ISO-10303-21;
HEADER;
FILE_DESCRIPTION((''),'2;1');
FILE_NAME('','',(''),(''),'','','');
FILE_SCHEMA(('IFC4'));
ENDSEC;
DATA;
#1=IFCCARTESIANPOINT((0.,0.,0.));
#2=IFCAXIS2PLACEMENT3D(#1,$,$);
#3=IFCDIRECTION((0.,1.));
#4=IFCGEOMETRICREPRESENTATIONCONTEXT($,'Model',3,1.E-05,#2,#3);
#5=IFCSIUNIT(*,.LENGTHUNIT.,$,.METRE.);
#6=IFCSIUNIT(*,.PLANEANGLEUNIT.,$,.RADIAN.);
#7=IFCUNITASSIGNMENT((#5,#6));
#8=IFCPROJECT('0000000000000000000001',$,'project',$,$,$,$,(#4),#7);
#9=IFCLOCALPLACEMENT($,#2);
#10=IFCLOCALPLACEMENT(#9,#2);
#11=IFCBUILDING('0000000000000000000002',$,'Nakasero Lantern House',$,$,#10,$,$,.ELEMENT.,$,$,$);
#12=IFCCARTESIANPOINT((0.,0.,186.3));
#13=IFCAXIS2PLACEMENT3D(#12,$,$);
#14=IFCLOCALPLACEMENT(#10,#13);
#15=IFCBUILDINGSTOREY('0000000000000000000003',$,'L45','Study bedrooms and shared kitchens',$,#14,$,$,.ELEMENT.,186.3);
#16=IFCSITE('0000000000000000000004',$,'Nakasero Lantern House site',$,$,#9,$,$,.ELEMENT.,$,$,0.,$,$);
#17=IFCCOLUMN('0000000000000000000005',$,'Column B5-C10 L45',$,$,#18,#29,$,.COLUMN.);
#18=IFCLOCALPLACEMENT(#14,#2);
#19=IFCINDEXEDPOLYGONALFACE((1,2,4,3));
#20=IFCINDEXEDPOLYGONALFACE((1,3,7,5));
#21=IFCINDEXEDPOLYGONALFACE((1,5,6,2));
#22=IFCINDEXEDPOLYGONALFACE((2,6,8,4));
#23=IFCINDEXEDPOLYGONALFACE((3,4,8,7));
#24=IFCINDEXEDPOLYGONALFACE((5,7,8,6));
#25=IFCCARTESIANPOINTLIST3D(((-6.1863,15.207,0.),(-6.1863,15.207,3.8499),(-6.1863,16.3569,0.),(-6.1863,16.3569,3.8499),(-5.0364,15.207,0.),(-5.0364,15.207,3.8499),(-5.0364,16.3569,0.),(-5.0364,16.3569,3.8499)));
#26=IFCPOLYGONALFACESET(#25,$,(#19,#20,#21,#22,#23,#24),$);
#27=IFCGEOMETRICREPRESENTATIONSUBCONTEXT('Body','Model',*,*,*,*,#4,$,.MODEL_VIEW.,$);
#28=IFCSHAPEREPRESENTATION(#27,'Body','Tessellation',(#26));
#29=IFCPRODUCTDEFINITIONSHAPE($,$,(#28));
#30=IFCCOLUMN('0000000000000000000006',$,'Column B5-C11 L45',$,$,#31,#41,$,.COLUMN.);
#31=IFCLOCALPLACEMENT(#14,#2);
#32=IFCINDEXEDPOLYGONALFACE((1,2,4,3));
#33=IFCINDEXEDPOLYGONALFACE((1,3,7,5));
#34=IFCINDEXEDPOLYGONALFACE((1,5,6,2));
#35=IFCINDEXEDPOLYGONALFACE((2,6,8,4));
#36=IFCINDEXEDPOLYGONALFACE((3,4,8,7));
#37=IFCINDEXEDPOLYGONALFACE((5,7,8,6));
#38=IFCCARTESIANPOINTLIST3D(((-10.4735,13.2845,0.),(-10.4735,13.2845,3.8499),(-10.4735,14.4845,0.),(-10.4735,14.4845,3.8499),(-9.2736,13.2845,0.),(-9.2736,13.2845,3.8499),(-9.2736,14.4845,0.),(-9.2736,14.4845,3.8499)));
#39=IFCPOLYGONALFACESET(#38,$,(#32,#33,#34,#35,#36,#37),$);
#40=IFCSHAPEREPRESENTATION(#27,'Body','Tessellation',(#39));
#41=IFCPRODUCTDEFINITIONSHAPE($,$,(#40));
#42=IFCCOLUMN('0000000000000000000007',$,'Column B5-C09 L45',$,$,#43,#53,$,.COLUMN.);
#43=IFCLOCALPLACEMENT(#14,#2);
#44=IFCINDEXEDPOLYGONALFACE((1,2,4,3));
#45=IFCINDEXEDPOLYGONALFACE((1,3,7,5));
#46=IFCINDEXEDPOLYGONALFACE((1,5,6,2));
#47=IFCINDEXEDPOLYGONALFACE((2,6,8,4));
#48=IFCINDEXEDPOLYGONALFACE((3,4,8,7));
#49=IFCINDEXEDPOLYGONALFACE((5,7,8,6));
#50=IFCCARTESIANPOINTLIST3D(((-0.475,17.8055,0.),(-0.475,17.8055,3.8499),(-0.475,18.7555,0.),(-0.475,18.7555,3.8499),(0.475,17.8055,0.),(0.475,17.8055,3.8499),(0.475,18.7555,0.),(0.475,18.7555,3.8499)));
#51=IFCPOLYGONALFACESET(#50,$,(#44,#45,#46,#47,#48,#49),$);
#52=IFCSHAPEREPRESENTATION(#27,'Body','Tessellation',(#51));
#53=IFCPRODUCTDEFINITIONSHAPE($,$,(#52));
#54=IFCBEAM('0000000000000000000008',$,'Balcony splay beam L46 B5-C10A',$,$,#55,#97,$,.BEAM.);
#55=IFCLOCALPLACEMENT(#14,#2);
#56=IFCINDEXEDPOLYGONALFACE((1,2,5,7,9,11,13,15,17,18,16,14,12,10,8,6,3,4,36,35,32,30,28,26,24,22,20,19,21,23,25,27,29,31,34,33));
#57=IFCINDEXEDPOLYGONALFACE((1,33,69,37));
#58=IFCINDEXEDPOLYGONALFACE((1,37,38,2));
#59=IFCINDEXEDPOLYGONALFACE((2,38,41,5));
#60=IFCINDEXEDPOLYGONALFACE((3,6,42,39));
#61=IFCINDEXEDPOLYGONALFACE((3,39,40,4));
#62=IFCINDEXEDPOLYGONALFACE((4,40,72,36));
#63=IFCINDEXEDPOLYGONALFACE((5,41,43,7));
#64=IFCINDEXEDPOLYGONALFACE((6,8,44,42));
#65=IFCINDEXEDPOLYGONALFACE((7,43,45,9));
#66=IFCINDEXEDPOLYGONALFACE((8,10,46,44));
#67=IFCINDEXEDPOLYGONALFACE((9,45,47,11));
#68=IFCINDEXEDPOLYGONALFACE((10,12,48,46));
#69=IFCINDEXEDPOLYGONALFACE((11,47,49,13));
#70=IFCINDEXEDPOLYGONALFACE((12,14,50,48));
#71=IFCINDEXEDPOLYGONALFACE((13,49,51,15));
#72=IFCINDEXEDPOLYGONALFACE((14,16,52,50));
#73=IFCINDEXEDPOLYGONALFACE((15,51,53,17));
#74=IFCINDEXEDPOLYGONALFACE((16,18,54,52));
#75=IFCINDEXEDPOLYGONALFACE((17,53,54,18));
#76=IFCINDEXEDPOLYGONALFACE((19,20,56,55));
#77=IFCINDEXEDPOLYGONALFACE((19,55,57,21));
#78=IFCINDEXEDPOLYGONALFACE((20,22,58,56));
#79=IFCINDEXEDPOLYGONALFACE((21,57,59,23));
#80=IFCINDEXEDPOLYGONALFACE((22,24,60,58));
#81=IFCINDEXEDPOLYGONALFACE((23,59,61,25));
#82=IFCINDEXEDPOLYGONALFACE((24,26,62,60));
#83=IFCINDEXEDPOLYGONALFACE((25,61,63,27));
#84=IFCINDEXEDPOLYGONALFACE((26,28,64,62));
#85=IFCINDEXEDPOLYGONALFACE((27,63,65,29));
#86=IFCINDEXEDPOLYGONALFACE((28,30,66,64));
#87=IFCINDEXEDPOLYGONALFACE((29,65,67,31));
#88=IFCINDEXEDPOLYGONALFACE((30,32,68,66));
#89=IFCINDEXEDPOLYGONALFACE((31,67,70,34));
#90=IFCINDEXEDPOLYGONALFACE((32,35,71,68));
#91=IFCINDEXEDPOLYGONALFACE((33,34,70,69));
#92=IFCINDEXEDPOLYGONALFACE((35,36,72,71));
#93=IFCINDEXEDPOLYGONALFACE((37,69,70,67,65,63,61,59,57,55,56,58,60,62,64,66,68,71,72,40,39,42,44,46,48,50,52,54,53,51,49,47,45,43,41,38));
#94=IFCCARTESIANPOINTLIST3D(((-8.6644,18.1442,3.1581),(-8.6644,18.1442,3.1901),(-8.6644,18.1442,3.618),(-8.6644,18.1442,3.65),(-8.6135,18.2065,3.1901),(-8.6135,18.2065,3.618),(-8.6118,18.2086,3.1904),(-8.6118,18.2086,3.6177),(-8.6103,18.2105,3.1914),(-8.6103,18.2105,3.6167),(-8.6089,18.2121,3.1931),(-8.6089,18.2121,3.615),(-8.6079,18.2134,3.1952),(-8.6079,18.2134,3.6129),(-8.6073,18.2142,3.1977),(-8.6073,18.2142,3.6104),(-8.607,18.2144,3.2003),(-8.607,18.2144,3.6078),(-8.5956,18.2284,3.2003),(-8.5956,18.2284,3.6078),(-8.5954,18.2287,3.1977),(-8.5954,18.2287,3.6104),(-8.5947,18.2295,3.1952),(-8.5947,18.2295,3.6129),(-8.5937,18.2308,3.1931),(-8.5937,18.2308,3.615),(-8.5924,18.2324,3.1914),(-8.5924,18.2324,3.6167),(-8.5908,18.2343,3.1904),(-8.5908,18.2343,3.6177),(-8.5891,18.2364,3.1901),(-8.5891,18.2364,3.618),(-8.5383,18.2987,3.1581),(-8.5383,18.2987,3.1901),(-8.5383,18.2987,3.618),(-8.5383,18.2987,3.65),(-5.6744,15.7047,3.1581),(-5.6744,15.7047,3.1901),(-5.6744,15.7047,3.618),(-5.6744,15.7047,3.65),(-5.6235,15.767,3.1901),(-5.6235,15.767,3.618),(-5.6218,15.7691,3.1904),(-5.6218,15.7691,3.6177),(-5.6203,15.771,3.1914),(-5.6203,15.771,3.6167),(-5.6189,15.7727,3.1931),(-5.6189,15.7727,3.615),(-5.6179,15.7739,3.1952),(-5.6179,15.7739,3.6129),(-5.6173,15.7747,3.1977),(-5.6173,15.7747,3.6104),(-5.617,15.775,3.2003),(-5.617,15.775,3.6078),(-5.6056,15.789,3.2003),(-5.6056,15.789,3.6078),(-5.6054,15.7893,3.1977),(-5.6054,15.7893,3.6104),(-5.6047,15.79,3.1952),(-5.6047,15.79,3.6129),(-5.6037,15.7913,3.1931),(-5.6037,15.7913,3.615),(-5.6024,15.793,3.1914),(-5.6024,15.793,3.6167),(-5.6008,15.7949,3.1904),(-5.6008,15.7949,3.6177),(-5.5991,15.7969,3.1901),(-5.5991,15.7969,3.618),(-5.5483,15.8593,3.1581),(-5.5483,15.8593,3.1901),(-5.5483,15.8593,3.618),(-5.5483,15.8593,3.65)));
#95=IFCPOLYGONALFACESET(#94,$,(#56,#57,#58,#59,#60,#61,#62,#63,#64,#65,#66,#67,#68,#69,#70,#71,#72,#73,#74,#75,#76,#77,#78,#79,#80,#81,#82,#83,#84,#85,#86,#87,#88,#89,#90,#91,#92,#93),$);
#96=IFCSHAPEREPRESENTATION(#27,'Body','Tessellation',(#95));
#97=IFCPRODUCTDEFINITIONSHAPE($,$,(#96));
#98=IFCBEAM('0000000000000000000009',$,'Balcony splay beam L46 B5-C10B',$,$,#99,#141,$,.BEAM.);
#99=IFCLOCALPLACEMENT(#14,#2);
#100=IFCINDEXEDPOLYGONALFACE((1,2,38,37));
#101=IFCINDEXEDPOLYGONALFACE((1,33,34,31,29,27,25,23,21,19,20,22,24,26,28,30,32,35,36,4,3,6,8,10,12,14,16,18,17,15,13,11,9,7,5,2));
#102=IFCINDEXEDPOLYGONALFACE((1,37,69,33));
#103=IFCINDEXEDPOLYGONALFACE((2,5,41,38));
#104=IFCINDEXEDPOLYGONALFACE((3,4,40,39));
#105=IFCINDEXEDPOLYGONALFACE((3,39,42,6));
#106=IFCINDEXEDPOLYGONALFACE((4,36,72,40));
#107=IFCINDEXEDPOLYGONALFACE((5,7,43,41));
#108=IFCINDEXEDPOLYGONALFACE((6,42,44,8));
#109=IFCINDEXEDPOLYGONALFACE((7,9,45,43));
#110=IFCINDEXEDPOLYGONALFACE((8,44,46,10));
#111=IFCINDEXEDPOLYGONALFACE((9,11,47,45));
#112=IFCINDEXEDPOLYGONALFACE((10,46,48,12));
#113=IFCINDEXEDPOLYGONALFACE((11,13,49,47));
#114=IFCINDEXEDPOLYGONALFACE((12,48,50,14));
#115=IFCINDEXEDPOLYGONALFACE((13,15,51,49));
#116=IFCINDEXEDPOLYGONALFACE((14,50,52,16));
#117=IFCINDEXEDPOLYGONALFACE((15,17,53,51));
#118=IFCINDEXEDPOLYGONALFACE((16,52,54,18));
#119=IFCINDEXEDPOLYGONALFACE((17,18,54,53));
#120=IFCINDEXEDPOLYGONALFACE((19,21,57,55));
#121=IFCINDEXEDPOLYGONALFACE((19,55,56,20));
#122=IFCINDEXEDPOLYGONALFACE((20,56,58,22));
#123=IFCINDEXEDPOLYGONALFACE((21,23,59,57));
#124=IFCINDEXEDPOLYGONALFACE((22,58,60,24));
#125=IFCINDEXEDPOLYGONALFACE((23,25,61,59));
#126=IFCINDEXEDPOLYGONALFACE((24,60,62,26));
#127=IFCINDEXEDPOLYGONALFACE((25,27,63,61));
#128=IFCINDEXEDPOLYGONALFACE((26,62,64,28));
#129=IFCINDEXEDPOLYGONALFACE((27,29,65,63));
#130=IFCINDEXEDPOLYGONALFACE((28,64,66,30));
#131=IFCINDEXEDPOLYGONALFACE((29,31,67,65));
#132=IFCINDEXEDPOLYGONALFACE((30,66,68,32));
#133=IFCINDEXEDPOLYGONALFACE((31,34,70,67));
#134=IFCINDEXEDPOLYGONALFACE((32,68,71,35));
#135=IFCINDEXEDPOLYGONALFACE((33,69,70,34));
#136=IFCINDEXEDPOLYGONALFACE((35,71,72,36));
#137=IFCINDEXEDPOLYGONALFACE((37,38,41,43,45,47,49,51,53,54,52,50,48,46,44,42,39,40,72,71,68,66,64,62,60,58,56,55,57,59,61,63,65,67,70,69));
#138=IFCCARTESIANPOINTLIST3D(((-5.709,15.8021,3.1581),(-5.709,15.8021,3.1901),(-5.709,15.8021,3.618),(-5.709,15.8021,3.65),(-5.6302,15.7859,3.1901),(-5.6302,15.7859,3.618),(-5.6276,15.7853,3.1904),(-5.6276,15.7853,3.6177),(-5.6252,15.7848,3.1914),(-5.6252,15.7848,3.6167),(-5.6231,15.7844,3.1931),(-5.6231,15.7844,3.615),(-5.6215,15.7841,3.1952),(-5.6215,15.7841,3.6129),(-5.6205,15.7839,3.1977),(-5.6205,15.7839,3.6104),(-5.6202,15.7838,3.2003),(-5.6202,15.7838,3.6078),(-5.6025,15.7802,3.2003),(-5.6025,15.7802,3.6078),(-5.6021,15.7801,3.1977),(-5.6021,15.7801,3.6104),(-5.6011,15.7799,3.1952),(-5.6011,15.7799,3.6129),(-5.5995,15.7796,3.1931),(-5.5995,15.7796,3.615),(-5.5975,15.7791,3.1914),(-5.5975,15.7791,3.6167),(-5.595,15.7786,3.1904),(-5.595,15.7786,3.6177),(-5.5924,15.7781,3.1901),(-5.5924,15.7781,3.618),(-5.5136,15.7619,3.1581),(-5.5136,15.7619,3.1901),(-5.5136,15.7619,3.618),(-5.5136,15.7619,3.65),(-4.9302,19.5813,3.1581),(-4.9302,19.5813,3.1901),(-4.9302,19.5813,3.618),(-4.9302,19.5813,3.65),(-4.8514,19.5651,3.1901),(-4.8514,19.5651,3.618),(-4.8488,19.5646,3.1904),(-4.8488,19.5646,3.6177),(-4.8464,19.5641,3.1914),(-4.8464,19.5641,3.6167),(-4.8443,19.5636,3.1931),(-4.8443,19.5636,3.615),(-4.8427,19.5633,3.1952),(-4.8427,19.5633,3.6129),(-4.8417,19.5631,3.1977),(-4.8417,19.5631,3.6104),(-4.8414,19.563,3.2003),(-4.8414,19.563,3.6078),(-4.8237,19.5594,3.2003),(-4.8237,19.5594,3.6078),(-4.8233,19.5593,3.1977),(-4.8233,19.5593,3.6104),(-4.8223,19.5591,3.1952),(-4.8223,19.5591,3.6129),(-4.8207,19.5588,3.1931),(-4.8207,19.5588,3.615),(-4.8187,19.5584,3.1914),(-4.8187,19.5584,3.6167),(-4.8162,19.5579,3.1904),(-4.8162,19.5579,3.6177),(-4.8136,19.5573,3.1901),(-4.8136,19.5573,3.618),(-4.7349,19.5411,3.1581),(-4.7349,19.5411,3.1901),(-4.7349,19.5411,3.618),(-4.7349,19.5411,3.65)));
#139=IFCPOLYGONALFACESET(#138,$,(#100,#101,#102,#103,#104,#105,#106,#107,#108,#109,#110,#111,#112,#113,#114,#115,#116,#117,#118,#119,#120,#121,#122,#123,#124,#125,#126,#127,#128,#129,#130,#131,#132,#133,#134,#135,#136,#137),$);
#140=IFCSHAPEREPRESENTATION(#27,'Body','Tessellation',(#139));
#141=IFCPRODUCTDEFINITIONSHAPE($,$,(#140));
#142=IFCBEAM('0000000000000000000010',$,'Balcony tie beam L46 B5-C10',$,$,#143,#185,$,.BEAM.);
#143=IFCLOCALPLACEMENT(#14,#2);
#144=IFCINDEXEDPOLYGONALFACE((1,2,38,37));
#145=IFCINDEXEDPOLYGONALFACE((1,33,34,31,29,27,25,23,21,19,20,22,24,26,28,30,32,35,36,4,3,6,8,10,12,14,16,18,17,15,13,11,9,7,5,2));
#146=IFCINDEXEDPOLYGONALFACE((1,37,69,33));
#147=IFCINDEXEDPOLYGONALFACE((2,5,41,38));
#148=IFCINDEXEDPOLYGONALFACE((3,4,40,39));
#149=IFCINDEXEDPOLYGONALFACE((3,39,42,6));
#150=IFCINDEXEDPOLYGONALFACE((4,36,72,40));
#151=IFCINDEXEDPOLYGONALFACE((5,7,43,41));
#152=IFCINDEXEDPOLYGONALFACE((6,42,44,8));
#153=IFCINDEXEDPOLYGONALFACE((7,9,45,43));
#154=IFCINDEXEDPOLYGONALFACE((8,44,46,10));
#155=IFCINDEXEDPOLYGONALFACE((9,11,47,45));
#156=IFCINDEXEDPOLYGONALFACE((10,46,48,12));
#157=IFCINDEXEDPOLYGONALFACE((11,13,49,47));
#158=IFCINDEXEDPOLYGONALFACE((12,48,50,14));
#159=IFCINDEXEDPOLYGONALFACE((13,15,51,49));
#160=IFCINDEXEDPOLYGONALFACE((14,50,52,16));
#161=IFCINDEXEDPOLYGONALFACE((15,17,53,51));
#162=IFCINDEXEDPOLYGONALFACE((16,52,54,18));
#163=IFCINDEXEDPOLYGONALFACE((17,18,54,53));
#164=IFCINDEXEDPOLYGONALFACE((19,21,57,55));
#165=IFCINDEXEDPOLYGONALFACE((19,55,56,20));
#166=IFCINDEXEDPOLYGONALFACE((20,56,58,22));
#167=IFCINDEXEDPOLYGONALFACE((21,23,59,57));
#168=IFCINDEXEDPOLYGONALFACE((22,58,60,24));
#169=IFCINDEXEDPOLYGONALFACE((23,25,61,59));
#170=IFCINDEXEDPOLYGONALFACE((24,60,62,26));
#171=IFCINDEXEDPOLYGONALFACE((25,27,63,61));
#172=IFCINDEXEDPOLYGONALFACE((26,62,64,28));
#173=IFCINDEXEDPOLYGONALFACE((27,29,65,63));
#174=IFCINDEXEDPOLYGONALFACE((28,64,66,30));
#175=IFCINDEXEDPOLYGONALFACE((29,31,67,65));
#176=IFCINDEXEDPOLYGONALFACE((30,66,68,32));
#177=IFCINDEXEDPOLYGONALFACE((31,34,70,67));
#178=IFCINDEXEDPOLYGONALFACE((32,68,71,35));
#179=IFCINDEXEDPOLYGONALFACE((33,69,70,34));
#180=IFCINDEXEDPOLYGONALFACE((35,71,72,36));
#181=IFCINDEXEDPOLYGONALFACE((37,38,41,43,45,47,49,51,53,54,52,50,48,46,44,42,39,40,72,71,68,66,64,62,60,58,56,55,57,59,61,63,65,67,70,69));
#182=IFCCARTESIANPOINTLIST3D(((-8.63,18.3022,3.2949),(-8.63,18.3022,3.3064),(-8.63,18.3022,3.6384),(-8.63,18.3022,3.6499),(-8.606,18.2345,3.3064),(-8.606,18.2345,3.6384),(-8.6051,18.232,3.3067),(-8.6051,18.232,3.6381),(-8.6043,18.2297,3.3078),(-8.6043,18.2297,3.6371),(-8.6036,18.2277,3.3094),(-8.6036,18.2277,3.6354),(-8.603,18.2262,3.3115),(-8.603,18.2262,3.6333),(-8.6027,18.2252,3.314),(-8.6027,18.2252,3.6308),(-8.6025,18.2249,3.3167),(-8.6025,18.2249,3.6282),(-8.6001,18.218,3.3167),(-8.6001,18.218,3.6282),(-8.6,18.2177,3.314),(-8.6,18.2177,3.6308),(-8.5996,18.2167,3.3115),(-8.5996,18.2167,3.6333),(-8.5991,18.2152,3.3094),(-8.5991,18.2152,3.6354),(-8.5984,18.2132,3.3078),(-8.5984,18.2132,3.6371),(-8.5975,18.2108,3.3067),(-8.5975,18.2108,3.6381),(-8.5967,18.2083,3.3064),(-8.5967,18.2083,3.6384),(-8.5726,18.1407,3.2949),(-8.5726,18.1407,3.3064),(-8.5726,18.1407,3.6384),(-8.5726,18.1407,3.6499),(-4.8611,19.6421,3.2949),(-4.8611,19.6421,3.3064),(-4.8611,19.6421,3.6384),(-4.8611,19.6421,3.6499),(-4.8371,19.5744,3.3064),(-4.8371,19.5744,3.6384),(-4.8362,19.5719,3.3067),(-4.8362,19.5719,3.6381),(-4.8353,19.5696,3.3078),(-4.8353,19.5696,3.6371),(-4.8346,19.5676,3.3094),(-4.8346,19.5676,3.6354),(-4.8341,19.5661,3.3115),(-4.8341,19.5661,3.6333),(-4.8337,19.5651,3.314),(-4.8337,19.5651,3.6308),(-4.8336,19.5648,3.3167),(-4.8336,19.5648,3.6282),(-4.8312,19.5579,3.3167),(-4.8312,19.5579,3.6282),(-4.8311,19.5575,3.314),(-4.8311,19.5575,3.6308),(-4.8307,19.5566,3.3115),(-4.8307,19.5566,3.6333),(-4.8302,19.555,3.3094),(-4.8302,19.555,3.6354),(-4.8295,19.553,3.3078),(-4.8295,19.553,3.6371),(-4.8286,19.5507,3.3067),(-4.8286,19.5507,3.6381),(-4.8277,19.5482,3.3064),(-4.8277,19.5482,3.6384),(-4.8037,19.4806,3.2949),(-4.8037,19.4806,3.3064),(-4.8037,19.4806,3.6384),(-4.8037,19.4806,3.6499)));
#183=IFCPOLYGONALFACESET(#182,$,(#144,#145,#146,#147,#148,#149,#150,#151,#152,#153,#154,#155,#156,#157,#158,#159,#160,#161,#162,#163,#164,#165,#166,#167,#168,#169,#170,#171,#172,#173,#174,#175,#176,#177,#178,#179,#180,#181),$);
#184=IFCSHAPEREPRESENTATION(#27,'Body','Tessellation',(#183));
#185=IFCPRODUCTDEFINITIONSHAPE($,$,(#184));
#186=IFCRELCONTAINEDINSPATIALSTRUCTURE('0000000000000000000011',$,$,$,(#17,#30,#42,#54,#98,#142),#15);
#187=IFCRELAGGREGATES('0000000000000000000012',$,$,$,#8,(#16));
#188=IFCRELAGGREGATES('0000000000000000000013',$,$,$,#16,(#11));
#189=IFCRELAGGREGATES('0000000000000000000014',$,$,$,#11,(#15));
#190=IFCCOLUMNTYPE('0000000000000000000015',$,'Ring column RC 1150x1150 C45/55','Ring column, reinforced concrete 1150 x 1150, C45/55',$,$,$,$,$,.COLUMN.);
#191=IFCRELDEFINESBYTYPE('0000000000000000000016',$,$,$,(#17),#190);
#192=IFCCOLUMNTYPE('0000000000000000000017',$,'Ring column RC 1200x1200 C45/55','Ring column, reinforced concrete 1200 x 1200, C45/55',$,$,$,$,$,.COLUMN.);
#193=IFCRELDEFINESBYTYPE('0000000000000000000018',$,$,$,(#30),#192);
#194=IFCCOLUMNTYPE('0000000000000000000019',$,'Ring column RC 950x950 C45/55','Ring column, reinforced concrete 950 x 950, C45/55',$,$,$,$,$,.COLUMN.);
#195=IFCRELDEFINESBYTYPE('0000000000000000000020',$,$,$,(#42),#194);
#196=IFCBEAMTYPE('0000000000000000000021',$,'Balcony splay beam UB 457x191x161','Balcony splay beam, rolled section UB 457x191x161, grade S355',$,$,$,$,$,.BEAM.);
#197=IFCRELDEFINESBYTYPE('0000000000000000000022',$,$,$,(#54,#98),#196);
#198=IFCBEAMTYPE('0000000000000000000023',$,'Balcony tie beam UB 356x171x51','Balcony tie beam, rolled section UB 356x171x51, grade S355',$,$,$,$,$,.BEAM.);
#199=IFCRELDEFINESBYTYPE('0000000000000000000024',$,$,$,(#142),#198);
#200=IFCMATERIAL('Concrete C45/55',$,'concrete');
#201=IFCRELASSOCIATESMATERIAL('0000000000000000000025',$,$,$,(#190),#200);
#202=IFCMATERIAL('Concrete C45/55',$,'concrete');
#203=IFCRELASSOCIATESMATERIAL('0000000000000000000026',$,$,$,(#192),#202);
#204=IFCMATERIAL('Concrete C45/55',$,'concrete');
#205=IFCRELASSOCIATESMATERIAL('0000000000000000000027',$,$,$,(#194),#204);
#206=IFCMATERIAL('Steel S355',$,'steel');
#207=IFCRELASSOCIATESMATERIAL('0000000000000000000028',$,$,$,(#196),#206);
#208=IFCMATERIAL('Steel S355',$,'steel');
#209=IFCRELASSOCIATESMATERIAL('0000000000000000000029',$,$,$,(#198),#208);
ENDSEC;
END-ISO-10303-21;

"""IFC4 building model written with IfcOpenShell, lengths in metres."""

from ifc_helpers import new_model, si_unit, direction, frame, origin, origin_2d, place, context, subcontext, project, spatial, rectangle, i_section, extrude, material, material_profile, profile_set, type_object, element, save


model = new_model("IFC4")

# Units and contexts
model_context = context("Model", 3, precision=1e-05, world=origin(), true_north=direction((0.0, 1.0)))
body_context = subcontext(model_context, "Body", "Model", "MODEL_VIEW")
ifc_project = project(units=[si_unit("LENGTHUNIT", "METRE"), si_unit("PLANEANGLEUNIT", "RADIAN")], contexts=[model_context])

# Site, building, storey
site_placement = place(None, origin())
site = spatial("IfcSite", under=ifc_project, at=site_placement, Name="Nakasero Lantern House site", CompositionType="ELEMENT", RefElevation=0.0)
building_placement = place(site_placement, origin())
building = spatial("IfcBuilding", under=site, at=building_placement, Name="Nakasero Lantern House", CompositionType="ELEMENT")
storey_placement = place(building_placement, frame((0.0, 0.0, 186.3)))
storey = spatial("IfcBuildingStorey", under=building, at=storey_placement, Name="L45", Description="Study bedrooms and shared kitchens", CompositionType="ELEMENT", Elevation=186.3)

# Columns
ifc_material_1 = material(Name="Concrete C45/55", Category="concrete")
ifc_material_profile_1 = material_profile(ifc_material_1, rectangle(XDim=1.1499, YDim=1.1499, at=origin_2d()), Name="RC 1150x1150")
ifc_profile_set_1 = profile_set([ifc_material_profile_1], Name="Concrete C45/55")
column_type_1 = type_object("IfcColumnType", Name="Ring column RC 1150x1150 C45/55", Description="Ring column, reinforced concrete 1150 x 1150, C45/55", PredefinedType="COLUMN", material=ifc_profile_set_1)
column_1_placement = place(storey_placement, frame((-5.6113, 15.782, 0.0), z_axis=(0.0, 0.0, 1.0), x_axis=(1.0, 0.0, 0.0)))
element("IfcColumn", 1, at=column_1_placement, inside=storey, type_object=column_type_1, Name="Column B5-C10 L45", PredefinedType="COLUMN", context=body_context, shape_type="SweptSolid", body=[
    extrude(rectangle(XDim=1.1499, YDim=1.1499, at=origin_2d()), origin(), (0.0, 0.0, 1.0), 3.8499),
])
ifc_material_2 = material(Name="Concrete C45/55", Category="concrete")
ifc_material_profile_2 = material_profile(ifc_material_2, rectangle(XDim=1.2, YDim=1.2, at=origin_2d()), Name="RC 1200x1200")
ifc_profile_set_2 = profile_set([ifc_material_profile_2], Name="Concrete C45/55")
column_type_2 = type_object("IfcColumnType", Name="Ring column RC 1200x1200 C45/55", Description="Ring column, reinforced concrete 1200 x 1200, C45/55", PredefinedType="COLUMN", material=ifc_profile_set_2)
column_2_placement = place(storey_placement, frame((-9.8735, 13.8845, 0.0), z_axis=(0.0, 0.0, 1.0), x_axis=(1.0, 0.0, 0.0)))
element("IfcColumn", 2, at=column_2_placement, inside=storey, type_object=column_type_2, Name="Column B5-C11 L45", PredefinedType="COLUMN", context=body_context, shape_type="SweptSolid", body=[
    extrude(rectangle(XDim=1.2, YDim=1.2, at=origin_2d()), origin(), (0.0, 0.0, 1.0), 3.8499),
])
ifc_material_3 = material(Name="Concrete C45/55", Category="concrete")
ifc_material_profile_3 = material_profile(ifc_material_3, rectangle(XDim=0.95, YDim=0.95, at=origin_2d()), Name="RC 950x950")
ifc_profile_set_3 = profile_set([ifc_material_profile_3], Name="Concrete C45/55")
column_type_3 = type_object("IfcColumnType", Name="Ring column RC 950x950 C45/55", Description="Ring column, reinforced concrete 950 x 950, C45/55", PredefinedType="COLUMN", material=ifc_profile_set_3)
column_3_placement = place(storey_placement, frame((0.0, 18.2805, 0.0), z_axis=(0.0, 0.0, 1.0), x_axis=(1.0, 0.0, 0.0)))
element("IfcColumn", 3, at=column_3_placement, inside=storey, type_object=column_type_3, Name="Column B5-C09 L45", PredefinedType="COLUMN", context=body_context, shape_type="SweptSolid", body=[
    extrude(rectangle(XDim=0.95, YDim=0.95, at=origin_2d()), origin(), (0.0, 0.0, 1.0), 3.8499),
])

# Beams
ifc_material_4 = material(Name="Steel S355", Category="steel")
ifc_material_profile_4 = material_profile(ifc_material_4, i_section(OverallWidth=0.1995, OverallDepth=0.4919, WebThickness=0.0181, FlangeThickness=0.032, FilletRadius=0.0103, at=origin_2d()), Name="UB 457x191x161")
ifc_profile_set_4 = profile_set([ifc_material_profile_4], Name="Steel S355")
beam_type_1 = type_object("IfcBeamType", Name="Balcony splay beam UB 457x191x161", Description="Balcony splay beam, rolled section UB 457x191x161, grade S355", PredefinedType="BEAM", material=ifc_profile_set_4)
beam_1_placement = place(storey_placement, frame((-5.6113, 15.782, 3.4041), z_axis=(-0.774833, 0.632166, 0.0), x_axis=(-0.632166, -0.774833, 0.0)))
element("IfcBeam", 4, at=beam_1_placement, inside=storey, type_object=beam_type_1, Name="Balcony splay beam L46 B5-C10A", PredefinedType="BEAM", context=body_context, shape_type="SweptSolid", body=[
    extrude(i_section(OverallWidth=0.1995, OverallDepth=0.4919, WebThickness=0.0181, FlangeThickness=0.032, FilletRadius=0.0103, at=origin_2d()), origin(), (0.0, 0.0, 1.0), 3.8589),
])
beam_2_placement = place(storey_placement, frame((-5.6113, 15.782, 3.4041), z_axis=(0.201831, 0.97942, 0.0), x_axis=(-0.97942, 0.201831, 0.0)))
element("IfcBeam", 5, at=beam_2_placement, inside=storey, type_object=beam_type_1, Name="Balcony splay beam L46 B5-C10B", PredefinedType="BEAM", context=body_context, shape_type="SweptSolid", body=[
    extrude(i_section(OverallWidth=0.1995, OverallDepth=0.4919, WebThickness=0.0181, FlangeThickness=0.032, FilletRadius=0.0103, at=origin_2d()), origin(), (0.0, 0.0, 1.0), 3.8586),
])
ifc_material_5 = material(Name="Steel S355", Category="steel")
ifc_material_profile_5 = material_profile(ifc_material_5, i_section(OverallWidth=0.1714, OverallDepth=0.355, WebThickness=0.0073, FlangeThickness=0.0115, FilletRadius=0.0103, at=origin_2d()), Name="UB 356x171x51")
ifc_profile_set_5 = profile_set([ifc_material_profile_5], Name="Steel S355")
beam_type_2 = type_object("IfcBeamType", Name="Balcony tie beam UB 356x171x51", Description="Balcony tie beam, rolled section UB 356x171x51, grade S355", PredefinedType="BEAM", material=ifc_profile_set_5)
beam_3_placement = place(storey_placement, frame((-8.6013, 18.2214, 3.4724), z_axis=(0.942228, 0.334971, 0.0), x_axis=(-0.334971, 0.942228, 0.0)))
element("IfcBeam", 6, at=beam_3_placement, inside=storey, type_object=beam_type_2, Name="Balcony tie beam L46 B5-C10", PredefinedType="BEAM", context=body_context, shape_type="SweptSolid", body=[
    extrude(i_section(OverallWidth=0.1714, OverallDepth=0.355, WebThickness=0.0073, FlangeThickness=0.0115, FilletRadius=0.0103, at=origin_2d()), origin(), (0.0, 0.0, 1.0), 4.0),
])

save(model, "model.ifc")
